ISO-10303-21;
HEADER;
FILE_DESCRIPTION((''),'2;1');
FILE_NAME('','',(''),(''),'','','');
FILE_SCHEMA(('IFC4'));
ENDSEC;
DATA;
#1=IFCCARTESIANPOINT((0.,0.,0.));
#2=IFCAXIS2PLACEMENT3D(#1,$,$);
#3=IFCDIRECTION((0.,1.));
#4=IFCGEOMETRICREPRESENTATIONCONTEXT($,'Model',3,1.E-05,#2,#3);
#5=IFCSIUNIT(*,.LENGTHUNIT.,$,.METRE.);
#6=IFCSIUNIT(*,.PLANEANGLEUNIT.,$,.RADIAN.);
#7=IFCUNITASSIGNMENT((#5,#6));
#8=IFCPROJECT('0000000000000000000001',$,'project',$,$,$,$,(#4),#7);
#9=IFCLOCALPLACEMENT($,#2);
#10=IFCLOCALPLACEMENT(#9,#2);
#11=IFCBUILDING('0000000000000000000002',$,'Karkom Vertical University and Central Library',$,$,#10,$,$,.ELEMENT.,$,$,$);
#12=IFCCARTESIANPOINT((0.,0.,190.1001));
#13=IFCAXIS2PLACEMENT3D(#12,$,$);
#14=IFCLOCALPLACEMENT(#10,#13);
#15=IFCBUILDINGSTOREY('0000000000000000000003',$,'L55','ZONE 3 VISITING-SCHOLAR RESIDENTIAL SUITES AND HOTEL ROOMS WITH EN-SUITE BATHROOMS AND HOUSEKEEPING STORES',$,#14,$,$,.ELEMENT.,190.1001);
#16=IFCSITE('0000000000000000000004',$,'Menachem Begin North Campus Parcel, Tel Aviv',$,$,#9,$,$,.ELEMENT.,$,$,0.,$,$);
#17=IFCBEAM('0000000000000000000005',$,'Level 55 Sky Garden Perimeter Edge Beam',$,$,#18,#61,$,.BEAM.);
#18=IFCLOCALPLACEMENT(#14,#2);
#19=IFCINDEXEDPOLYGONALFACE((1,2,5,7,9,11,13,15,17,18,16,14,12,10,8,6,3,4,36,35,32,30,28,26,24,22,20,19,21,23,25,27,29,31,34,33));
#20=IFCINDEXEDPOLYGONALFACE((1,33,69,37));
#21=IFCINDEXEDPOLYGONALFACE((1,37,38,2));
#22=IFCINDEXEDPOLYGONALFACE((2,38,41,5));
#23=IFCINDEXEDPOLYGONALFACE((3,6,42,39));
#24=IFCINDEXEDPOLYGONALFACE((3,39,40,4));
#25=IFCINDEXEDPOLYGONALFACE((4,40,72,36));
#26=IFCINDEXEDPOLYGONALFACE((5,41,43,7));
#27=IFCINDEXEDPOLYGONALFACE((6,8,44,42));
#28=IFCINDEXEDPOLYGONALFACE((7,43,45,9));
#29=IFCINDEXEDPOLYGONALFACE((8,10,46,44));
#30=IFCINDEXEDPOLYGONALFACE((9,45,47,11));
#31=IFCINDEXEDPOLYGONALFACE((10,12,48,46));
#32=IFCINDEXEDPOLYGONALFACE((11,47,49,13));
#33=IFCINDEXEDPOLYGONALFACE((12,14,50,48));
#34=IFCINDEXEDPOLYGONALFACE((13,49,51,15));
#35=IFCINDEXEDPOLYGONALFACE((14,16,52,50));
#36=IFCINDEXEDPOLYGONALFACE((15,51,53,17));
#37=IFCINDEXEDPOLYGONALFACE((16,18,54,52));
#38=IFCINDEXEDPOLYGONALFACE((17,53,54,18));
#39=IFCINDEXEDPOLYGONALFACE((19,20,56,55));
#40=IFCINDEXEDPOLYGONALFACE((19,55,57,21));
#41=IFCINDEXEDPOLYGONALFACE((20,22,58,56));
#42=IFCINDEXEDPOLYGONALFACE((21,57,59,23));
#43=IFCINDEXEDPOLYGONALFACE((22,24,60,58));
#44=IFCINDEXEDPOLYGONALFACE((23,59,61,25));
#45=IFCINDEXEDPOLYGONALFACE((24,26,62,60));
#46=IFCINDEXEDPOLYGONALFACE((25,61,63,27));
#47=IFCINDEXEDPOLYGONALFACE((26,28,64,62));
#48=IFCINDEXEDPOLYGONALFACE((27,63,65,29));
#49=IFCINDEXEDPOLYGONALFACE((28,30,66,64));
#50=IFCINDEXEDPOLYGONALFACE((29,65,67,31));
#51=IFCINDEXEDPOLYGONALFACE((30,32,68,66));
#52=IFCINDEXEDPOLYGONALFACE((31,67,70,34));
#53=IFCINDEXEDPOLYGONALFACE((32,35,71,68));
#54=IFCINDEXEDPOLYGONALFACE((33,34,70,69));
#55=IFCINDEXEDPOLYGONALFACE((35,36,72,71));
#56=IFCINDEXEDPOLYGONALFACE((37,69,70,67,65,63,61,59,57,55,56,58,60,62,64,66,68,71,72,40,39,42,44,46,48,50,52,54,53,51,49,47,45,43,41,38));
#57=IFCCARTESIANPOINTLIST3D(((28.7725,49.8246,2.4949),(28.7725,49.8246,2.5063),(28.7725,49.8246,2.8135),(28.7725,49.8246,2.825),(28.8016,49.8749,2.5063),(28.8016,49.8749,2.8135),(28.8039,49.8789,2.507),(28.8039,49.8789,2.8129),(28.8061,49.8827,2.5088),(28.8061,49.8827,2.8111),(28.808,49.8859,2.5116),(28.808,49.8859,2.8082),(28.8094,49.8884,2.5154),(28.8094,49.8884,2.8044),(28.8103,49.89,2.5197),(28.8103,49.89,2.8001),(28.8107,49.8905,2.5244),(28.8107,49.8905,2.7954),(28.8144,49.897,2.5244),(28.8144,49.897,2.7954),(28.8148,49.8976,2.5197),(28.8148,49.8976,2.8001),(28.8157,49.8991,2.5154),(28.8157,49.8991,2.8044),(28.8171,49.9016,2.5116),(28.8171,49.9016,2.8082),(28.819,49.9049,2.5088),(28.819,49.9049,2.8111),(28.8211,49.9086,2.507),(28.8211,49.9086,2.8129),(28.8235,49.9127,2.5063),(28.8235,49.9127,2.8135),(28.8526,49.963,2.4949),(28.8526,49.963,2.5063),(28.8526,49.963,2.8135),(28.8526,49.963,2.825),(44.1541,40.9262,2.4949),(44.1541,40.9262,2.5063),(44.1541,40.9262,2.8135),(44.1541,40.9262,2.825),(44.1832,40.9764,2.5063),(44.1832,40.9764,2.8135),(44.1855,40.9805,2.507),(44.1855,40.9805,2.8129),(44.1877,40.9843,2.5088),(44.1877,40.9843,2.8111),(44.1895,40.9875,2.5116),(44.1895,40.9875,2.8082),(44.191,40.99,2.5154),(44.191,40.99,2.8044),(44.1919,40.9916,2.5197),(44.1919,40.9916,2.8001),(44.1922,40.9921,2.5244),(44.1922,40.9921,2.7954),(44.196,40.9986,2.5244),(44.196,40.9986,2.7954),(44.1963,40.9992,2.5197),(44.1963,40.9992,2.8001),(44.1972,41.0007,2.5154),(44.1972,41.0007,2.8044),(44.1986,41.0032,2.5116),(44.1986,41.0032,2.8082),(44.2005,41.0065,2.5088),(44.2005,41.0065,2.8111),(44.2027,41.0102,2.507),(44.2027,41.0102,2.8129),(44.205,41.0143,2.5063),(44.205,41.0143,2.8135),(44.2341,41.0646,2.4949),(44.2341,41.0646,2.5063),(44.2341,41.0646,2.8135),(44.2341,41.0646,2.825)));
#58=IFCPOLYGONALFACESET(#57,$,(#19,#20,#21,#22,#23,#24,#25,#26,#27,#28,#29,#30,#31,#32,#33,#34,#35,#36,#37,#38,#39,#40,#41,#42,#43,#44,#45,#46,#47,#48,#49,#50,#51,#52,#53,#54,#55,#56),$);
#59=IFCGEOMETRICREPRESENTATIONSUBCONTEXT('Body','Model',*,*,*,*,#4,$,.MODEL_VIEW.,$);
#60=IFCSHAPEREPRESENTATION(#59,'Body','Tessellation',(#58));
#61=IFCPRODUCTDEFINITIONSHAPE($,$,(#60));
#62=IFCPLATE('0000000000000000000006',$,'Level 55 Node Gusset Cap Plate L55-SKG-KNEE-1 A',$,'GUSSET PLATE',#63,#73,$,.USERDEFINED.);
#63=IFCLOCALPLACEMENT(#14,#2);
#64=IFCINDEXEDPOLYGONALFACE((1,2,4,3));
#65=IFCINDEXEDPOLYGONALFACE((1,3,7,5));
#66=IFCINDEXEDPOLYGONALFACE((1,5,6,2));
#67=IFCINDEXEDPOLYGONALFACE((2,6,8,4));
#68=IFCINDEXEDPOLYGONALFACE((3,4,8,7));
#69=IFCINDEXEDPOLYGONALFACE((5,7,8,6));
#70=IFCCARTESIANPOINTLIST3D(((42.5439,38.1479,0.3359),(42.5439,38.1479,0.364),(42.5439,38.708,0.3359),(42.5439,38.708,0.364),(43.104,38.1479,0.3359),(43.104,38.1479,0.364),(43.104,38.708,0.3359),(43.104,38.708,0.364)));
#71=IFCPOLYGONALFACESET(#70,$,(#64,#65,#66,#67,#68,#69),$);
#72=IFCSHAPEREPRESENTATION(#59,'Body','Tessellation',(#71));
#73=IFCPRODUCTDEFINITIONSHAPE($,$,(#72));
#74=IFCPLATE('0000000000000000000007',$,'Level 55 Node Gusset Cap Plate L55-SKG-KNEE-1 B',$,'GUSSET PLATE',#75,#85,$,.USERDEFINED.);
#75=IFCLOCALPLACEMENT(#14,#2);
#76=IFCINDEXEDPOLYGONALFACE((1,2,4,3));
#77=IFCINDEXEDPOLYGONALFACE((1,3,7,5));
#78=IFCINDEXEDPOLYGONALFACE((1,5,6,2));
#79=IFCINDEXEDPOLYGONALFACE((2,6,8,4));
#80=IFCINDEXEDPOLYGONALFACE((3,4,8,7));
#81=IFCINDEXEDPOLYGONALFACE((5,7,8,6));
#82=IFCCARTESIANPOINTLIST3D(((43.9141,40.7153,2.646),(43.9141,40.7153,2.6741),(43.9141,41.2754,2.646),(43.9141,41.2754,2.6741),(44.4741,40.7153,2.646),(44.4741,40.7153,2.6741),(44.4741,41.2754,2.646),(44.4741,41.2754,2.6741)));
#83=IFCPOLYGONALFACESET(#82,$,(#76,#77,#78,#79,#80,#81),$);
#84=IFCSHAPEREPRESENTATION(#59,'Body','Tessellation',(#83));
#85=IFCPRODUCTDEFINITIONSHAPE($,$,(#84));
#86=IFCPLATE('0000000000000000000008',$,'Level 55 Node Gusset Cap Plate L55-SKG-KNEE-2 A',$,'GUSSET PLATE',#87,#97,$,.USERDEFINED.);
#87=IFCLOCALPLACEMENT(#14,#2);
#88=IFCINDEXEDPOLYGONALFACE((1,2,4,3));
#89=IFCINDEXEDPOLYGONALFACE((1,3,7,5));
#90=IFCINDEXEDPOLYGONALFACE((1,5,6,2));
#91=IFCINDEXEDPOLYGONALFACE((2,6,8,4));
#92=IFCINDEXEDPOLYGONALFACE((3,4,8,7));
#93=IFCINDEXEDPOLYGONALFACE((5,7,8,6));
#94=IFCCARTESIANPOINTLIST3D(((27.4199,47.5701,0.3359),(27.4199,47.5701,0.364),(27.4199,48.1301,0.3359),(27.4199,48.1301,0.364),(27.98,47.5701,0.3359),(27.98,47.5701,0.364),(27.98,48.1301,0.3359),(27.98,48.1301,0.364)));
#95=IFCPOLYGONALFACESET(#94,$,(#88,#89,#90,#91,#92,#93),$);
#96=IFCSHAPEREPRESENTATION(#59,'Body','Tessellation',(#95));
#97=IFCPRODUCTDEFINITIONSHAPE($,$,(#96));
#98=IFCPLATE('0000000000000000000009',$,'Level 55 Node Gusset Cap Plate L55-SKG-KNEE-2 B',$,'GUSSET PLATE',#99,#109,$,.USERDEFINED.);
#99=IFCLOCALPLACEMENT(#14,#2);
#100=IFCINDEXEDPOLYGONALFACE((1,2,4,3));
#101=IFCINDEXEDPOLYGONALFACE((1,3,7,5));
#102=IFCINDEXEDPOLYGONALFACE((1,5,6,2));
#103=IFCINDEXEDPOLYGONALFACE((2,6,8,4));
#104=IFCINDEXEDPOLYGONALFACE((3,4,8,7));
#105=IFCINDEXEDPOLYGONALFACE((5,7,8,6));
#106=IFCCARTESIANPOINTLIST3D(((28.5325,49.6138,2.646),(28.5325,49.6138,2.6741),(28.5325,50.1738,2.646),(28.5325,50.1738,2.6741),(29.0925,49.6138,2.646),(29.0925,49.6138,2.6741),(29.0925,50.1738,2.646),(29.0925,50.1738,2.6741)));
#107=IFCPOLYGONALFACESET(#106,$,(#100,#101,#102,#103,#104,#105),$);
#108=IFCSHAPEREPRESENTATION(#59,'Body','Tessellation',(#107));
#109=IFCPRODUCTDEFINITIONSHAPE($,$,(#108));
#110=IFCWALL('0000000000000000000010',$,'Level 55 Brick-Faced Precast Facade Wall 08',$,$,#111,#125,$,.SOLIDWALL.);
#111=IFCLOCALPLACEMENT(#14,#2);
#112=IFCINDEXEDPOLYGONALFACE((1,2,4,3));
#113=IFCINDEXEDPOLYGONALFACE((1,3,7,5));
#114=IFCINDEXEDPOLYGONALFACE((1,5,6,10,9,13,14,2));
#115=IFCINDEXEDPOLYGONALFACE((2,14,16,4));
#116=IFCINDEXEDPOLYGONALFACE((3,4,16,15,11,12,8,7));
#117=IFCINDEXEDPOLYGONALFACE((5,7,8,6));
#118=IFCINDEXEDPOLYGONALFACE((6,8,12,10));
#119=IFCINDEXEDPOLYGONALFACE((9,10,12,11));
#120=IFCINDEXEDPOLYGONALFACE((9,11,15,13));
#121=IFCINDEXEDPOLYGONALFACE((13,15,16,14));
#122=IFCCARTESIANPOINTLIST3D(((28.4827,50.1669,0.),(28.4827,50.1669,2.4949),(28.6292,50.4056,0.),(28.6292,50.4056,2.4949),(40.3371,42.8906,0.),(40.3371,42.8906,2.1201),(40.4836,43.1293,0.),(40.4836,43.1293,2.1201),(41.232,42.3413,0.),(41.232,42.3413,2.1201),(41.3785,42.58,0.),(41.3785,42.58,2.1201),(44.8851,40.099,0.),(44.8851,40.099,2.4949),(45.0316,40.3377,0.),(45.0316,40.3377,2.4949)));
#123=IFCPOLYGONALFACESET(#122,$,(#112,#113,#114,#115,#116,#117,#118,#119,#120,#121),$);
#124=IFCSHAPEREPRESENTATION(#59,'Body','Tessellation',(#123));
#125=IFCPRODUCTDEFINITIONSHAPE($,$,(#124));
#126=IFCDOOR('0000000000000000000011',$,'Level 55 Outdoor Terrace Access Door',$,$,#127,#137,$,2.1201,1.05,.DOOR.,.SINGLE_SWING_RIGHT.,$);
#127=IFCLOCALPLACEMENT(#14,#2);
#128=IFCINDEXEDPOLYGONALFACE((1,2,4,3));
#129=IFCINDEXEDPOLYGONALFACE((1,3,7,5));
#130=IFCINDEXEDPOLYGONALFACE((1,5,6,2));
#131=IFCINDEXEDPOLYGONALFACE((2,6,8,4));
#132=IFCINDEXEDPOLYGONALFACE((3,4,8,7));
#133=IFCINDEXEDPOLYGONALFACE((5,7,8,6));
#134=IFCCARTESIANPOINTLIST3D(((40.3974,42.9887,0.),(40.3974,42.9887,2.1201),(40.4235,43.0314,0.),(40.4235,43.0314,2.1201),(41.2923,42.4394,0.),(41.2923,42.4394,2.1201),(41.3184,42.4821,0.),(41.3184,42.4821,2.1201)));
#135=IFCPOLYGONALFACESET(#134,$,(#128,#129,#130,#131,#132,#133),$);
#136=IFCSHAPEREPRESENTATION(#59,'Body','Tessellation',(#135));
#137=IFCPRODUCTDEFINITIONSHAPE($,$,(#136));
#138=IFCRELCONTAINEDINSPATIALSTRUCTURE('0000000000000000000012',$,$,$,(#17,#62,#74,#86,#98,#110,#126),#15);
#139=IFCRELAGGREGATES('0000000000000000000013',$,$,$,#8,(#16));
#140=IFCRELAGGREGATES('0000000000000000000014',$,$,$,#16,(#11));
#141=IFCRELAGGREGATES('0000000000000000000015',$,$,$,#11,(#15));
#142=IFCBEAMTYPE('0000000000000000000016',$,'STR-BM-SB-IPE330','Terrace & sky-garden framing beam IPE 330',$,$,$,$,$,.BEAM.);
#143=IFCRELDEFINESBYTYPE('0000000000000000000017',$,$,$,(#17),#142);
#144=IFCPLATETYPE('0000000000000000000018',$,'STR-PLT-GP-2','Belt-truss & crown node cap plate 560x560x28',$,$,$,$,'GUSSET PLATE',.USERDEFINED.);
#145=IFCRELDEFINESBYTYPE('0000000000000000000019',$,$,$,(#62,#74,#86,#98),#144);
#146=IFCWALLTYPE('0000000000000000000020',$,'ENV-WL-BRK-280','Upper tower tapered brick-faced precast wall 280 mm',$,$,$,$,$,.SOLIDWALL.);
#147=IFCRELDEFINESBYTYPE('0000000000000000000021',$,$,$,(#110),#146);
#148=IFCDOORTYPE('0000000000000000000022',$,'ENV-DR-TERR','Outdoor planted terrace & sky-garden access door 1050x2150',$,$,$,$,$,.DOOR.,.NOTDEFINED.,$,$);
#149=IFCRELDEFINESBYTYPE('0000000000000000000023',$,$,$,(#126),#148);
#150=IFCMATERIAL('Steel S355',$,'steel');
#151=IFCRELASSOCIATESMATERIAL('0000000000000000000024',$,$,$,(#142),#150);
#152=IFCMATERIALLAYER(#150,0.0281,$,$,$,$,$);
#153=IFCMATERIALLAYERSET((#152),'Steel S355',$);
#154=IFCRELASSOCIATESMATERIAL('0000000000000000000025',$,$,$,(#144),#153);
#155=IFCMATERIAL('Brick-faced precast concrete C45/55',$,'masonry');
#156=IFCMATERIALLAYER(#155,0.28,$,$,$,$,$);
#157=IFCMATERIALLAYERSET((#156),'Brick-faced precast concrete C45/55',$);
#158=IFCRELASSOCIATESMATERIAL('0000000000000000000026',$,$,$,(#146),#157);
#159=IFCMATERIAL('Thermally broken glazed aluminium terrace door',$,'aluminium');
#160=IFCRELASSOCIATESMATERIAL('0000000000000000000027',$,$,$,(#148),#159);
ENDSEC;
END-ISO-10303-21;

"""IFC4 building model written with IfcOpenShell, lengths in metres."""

from ifc_helpers import new_model, si_unit, direction, frame, frame_2d, origin, origin_with_axes, origin_2d, place, context, subcontext, project, spatial, rectangle, i_section, extrude, source, transform, mapped, material, layer, layer_set, material_profile, profile_set, type_object, element, fill, save


model = new_model("IFC4")

# Units and contexts
model_context = context("Model", 3, precision=1e-05, world=origin(), true_north=direction((0.0, 1.0)))
body_context = subcontext(model_context, "Body", "Model", "MODEL_VIEW")
ifc_project = project(units=[si_unit("LENGTHUNIT", "METRE"), si_unit("PLANEANGLEUNIT", "RADIAN")], contexts=[model_context])

# Site, building, storey
site_placement = place(None, origin())
site = spatial("IfcSite", under=ifc_project, at=site_placement, Name="Menachem Begin North Campus Parcel, Tel Aviv", CompositionType="ELEMENT", RefElevation=0.0)
building_placement = place(site_placement, origin())
building = spatial("IfcBuilding", under=site, at=building_placement, Name="Karkom Vertical University and Central Library", CompositionType="ELEMENT")
storey_placement = place(building_placement, frame((0.0, 0.0, 190.1001)))
storey = spatial("IfcBuildingStorey", under=building, at=storey_placement, Name="L55", Description="ZONE 3 VISITING-SCHOLAR RESIDENTIAL SUITES AND HOTEL ROOMS WITH EN-SUITE BATHROOMS AND HOUSEKEEPING STORES", CompositionType="ELEMENT", Elevation=190.1001)

# Shared definitions
ifc_material_1 = material(Name="Steel S355", Category="steel")
ifc_material_profile_1 = material_profile(ifc_material_1, i_section(OverallWidth=0.1599, OverallDepth=0.3301, WebThickness=0.0076, FlangeThickness=0.0115, FilletRadius=0.0181, at=origin_2d()), Name="IPE 330")
ifc_profile_set_1 = profile_set([ifc_material_profile_1], Name="Steel S355")
beam_type_1 = type_object("IfcBeamType", Name="STR-BM-SB-IPE330", Description="Terrace & sky-garden framing beam IPE 330", PredefinedType="BEAM", material=ifc_profile_set_1)

# Beam
shared_shape_1 = source(origin_with_axes(), body_context, "Body", "SweptSolid", [
    extrude(i_section(OverallWidth=0.1599, OverallDepth=0.3301, WebThickness=0.0076, FlangeThickness=0.0115, FilletRadius=0.0181, at=origin_2d()), origin(), (0.0, 0.0, 1.0), 17.77),
])
beam_1_placement = place(storey_placement, frame((44.1941, 40.9954, 2.6599), z_axis=(-0.86559, 0.500754, 0.0), x_axis=(-0.500754, -0.86559, 0.0)))
element("IfcBeam", 1, at=beam_1_placement, inside=storey, type_object=beam_type_1, Name="Level 55 Sky Garden Perimeter Edge Beam", PredefinedType="BEAM", context=body_context, shape_type="MappedRepresentation", body=[
    mapped(shared_shape_1, transform((0.0, 0.0, 0.0), scale=1.0)),
])

# Plates
ifc_layer_1 = layer(ifc_material_1, 0.0281)
ifc_layer_set_1 = layer_set([ifc_layer_1], Name="Steel S355")
plate_type = type_object("IfcPlateType", Name="STR-PLT-GP-2", Description="Belt-truss & crown node cap plate 560x560x28", ElementType="GUSSET PLATE", PredefinedType="USERDEFINED", material=ifc_layer_set_1)
shared_shape_2 = source(origin_with_axes(), body_context, "Body", "SweptSolid", [
    extrude(rectangle(XDim=0.5601, YDim=0.5601, at=origin_2d()), origin(), (0.0, 0.0, 1.0), 0.0281),
])
for number, where, z_axis, x_axis, name in (
    (2, (42.824, 38.428, 0.3359), (0.0, 0.0, 1.0), (1.0, 0.0, 0.0), "Level 55 Node Gusset Cap Plate L55-SKG-KNEE-1 A"),
    (3, (44.1941, 40.9954, 2.646), (0.0, 0.0, 1.0), (1.0, 0.0, 0.0), "Level 55 Node Gusset Cap Plate L55-SKG-KNEE-1 B"),
    (4, (27.7, 47.8501, 0.3359), (0.0, 0.0, 1.0), (1.0, 0.0, 0.0), "Level 55 Node Gusset Cap Plate L55-SKG-KNEE-2 A"),
    (5, (28.8125, 49.8938, 2.646), (0.0, 0.0, 1.0), (1.0, 0.0, 0.0), "Level 55 Node Gusset Cap Plate L55-SKG-KNEE-2 B"),
):
    element("IfcPlate", number, at=place(storey_placement, frame(where, z_axis=z_axis, x_axis=x_axis)), inside=storey, type_object=plate_type, Name=name, ObjectType="GUSSET PLATE", PredefinedType="USERDEFINED", context=body_context, shape_type="MappedRepresentation", body=[
        mapped(shared_shape_2, transform((0.0, 0.0, 0.0), scale=1.0)),
    ])

# Wall, opening, door
ifc_material_2 = material(Name="Brick-faced precast concrete C45/55", Category="masonry")
ifc_layer_2 = layer(ifc_material_2, 0.28)
ifc_layer_set_2 = layer_set([ifc_layer_2], Name="Brick-faced precast concrete C45/55")
wall_type_1 = type_object("IfcWallType", Name="ENV-WL-BRK-280", Description="Upper tower tapered brick-faced precast wall 280 mm", PredefinedType="SOLIDWALL", material=ifc_layer_set_2)
wall_1_placement = place(storey_placement, frame((44.9585, 40.2183, 0.0), z_axis=(0.0, 0.0, 1.0), x_axis=(-0.852258, 0.523122, 0.0)))
wall_1 = element("IfcWall", 6, at=wall_1_placement, inside=storey, type_object=wall_type_1, Name="Level 55 Brick-Faced Precast Facade Wall 08", PredefinedType="SOLIDWALL", context=body_context, shape_type="SweptSolid", body=[
    extrude(rectangle(XDim=19.2458, YDim=0.28, at=frame_2d((9.623, 0.0))), origin(), (0.0, 0.0, 1.0), 2.4949),
])
opening_1_placement = place(wall_1_placement, frame((4.2866, 0.0, 0.0)))
opening_1 = element("IfcOpeningElement", 7, at=opening_1_placement, cuts=wall_1, PredefinedType="OPENING", context=body_context, shape_type="SweptSolid", body=[
    extrude(rectangle(XDim=1.05, YDim=2.1201, at=frame_2d((0.5249, 1.0601))), frame((0.0, 0.1499, 0.0), z_axis=(0.0, -1.0, 0.0), x_axis=(1.0, 0.0, 0.0)), (0.0, 0.0, 1.0), 0.3),
])
ifc_material_3 = material(Name="Thermally broken glazed aluminium terrace door", Category="aluminium")
door_type = type_object("IfcDoorType", Name="ENV-DR-TERR", Description="Outdoor planted terrace & sky-garden access door 1050x2150", OperationType="NOTDEFINED", PredefinedType="DOOR", material=ifc_material_3)
shared_shape_3 = source(origin_with_axes(), body_context, "Body", "SweptSolid", [
    extrude(rectangle(XDim=1.05, YDim=2.1201, at=frame_2d((0.5249, 1.0601))), frame((0.0, 0.0249, 0.0), z_axis=(0.0, -1.0, 0.0), x_axis=(1.0, 0.0, 0.0)), (0.0, 0.0, 1.0), 0.05),
])
door_placement = place(opening_1_placement, origin())
door = element("IfcDoor", 8, at=door_placement, inside=storey, type_object=door_type, Name="Level 55 Outdoor Terrace Access Door", OperationType="SINGLE_SWING_RIGHT", OverallHeight=2.1201, OverallWidth=1.05, PredefinedType="DOOR", context=body_context, shape_type="MappedRepresentation", body=[
    mapped(shared_shape_3, transform((0.0, 0.0, 0.0), scale=1.0)),
])
fill(opening_1, door)

save(model, "model.ifc")
